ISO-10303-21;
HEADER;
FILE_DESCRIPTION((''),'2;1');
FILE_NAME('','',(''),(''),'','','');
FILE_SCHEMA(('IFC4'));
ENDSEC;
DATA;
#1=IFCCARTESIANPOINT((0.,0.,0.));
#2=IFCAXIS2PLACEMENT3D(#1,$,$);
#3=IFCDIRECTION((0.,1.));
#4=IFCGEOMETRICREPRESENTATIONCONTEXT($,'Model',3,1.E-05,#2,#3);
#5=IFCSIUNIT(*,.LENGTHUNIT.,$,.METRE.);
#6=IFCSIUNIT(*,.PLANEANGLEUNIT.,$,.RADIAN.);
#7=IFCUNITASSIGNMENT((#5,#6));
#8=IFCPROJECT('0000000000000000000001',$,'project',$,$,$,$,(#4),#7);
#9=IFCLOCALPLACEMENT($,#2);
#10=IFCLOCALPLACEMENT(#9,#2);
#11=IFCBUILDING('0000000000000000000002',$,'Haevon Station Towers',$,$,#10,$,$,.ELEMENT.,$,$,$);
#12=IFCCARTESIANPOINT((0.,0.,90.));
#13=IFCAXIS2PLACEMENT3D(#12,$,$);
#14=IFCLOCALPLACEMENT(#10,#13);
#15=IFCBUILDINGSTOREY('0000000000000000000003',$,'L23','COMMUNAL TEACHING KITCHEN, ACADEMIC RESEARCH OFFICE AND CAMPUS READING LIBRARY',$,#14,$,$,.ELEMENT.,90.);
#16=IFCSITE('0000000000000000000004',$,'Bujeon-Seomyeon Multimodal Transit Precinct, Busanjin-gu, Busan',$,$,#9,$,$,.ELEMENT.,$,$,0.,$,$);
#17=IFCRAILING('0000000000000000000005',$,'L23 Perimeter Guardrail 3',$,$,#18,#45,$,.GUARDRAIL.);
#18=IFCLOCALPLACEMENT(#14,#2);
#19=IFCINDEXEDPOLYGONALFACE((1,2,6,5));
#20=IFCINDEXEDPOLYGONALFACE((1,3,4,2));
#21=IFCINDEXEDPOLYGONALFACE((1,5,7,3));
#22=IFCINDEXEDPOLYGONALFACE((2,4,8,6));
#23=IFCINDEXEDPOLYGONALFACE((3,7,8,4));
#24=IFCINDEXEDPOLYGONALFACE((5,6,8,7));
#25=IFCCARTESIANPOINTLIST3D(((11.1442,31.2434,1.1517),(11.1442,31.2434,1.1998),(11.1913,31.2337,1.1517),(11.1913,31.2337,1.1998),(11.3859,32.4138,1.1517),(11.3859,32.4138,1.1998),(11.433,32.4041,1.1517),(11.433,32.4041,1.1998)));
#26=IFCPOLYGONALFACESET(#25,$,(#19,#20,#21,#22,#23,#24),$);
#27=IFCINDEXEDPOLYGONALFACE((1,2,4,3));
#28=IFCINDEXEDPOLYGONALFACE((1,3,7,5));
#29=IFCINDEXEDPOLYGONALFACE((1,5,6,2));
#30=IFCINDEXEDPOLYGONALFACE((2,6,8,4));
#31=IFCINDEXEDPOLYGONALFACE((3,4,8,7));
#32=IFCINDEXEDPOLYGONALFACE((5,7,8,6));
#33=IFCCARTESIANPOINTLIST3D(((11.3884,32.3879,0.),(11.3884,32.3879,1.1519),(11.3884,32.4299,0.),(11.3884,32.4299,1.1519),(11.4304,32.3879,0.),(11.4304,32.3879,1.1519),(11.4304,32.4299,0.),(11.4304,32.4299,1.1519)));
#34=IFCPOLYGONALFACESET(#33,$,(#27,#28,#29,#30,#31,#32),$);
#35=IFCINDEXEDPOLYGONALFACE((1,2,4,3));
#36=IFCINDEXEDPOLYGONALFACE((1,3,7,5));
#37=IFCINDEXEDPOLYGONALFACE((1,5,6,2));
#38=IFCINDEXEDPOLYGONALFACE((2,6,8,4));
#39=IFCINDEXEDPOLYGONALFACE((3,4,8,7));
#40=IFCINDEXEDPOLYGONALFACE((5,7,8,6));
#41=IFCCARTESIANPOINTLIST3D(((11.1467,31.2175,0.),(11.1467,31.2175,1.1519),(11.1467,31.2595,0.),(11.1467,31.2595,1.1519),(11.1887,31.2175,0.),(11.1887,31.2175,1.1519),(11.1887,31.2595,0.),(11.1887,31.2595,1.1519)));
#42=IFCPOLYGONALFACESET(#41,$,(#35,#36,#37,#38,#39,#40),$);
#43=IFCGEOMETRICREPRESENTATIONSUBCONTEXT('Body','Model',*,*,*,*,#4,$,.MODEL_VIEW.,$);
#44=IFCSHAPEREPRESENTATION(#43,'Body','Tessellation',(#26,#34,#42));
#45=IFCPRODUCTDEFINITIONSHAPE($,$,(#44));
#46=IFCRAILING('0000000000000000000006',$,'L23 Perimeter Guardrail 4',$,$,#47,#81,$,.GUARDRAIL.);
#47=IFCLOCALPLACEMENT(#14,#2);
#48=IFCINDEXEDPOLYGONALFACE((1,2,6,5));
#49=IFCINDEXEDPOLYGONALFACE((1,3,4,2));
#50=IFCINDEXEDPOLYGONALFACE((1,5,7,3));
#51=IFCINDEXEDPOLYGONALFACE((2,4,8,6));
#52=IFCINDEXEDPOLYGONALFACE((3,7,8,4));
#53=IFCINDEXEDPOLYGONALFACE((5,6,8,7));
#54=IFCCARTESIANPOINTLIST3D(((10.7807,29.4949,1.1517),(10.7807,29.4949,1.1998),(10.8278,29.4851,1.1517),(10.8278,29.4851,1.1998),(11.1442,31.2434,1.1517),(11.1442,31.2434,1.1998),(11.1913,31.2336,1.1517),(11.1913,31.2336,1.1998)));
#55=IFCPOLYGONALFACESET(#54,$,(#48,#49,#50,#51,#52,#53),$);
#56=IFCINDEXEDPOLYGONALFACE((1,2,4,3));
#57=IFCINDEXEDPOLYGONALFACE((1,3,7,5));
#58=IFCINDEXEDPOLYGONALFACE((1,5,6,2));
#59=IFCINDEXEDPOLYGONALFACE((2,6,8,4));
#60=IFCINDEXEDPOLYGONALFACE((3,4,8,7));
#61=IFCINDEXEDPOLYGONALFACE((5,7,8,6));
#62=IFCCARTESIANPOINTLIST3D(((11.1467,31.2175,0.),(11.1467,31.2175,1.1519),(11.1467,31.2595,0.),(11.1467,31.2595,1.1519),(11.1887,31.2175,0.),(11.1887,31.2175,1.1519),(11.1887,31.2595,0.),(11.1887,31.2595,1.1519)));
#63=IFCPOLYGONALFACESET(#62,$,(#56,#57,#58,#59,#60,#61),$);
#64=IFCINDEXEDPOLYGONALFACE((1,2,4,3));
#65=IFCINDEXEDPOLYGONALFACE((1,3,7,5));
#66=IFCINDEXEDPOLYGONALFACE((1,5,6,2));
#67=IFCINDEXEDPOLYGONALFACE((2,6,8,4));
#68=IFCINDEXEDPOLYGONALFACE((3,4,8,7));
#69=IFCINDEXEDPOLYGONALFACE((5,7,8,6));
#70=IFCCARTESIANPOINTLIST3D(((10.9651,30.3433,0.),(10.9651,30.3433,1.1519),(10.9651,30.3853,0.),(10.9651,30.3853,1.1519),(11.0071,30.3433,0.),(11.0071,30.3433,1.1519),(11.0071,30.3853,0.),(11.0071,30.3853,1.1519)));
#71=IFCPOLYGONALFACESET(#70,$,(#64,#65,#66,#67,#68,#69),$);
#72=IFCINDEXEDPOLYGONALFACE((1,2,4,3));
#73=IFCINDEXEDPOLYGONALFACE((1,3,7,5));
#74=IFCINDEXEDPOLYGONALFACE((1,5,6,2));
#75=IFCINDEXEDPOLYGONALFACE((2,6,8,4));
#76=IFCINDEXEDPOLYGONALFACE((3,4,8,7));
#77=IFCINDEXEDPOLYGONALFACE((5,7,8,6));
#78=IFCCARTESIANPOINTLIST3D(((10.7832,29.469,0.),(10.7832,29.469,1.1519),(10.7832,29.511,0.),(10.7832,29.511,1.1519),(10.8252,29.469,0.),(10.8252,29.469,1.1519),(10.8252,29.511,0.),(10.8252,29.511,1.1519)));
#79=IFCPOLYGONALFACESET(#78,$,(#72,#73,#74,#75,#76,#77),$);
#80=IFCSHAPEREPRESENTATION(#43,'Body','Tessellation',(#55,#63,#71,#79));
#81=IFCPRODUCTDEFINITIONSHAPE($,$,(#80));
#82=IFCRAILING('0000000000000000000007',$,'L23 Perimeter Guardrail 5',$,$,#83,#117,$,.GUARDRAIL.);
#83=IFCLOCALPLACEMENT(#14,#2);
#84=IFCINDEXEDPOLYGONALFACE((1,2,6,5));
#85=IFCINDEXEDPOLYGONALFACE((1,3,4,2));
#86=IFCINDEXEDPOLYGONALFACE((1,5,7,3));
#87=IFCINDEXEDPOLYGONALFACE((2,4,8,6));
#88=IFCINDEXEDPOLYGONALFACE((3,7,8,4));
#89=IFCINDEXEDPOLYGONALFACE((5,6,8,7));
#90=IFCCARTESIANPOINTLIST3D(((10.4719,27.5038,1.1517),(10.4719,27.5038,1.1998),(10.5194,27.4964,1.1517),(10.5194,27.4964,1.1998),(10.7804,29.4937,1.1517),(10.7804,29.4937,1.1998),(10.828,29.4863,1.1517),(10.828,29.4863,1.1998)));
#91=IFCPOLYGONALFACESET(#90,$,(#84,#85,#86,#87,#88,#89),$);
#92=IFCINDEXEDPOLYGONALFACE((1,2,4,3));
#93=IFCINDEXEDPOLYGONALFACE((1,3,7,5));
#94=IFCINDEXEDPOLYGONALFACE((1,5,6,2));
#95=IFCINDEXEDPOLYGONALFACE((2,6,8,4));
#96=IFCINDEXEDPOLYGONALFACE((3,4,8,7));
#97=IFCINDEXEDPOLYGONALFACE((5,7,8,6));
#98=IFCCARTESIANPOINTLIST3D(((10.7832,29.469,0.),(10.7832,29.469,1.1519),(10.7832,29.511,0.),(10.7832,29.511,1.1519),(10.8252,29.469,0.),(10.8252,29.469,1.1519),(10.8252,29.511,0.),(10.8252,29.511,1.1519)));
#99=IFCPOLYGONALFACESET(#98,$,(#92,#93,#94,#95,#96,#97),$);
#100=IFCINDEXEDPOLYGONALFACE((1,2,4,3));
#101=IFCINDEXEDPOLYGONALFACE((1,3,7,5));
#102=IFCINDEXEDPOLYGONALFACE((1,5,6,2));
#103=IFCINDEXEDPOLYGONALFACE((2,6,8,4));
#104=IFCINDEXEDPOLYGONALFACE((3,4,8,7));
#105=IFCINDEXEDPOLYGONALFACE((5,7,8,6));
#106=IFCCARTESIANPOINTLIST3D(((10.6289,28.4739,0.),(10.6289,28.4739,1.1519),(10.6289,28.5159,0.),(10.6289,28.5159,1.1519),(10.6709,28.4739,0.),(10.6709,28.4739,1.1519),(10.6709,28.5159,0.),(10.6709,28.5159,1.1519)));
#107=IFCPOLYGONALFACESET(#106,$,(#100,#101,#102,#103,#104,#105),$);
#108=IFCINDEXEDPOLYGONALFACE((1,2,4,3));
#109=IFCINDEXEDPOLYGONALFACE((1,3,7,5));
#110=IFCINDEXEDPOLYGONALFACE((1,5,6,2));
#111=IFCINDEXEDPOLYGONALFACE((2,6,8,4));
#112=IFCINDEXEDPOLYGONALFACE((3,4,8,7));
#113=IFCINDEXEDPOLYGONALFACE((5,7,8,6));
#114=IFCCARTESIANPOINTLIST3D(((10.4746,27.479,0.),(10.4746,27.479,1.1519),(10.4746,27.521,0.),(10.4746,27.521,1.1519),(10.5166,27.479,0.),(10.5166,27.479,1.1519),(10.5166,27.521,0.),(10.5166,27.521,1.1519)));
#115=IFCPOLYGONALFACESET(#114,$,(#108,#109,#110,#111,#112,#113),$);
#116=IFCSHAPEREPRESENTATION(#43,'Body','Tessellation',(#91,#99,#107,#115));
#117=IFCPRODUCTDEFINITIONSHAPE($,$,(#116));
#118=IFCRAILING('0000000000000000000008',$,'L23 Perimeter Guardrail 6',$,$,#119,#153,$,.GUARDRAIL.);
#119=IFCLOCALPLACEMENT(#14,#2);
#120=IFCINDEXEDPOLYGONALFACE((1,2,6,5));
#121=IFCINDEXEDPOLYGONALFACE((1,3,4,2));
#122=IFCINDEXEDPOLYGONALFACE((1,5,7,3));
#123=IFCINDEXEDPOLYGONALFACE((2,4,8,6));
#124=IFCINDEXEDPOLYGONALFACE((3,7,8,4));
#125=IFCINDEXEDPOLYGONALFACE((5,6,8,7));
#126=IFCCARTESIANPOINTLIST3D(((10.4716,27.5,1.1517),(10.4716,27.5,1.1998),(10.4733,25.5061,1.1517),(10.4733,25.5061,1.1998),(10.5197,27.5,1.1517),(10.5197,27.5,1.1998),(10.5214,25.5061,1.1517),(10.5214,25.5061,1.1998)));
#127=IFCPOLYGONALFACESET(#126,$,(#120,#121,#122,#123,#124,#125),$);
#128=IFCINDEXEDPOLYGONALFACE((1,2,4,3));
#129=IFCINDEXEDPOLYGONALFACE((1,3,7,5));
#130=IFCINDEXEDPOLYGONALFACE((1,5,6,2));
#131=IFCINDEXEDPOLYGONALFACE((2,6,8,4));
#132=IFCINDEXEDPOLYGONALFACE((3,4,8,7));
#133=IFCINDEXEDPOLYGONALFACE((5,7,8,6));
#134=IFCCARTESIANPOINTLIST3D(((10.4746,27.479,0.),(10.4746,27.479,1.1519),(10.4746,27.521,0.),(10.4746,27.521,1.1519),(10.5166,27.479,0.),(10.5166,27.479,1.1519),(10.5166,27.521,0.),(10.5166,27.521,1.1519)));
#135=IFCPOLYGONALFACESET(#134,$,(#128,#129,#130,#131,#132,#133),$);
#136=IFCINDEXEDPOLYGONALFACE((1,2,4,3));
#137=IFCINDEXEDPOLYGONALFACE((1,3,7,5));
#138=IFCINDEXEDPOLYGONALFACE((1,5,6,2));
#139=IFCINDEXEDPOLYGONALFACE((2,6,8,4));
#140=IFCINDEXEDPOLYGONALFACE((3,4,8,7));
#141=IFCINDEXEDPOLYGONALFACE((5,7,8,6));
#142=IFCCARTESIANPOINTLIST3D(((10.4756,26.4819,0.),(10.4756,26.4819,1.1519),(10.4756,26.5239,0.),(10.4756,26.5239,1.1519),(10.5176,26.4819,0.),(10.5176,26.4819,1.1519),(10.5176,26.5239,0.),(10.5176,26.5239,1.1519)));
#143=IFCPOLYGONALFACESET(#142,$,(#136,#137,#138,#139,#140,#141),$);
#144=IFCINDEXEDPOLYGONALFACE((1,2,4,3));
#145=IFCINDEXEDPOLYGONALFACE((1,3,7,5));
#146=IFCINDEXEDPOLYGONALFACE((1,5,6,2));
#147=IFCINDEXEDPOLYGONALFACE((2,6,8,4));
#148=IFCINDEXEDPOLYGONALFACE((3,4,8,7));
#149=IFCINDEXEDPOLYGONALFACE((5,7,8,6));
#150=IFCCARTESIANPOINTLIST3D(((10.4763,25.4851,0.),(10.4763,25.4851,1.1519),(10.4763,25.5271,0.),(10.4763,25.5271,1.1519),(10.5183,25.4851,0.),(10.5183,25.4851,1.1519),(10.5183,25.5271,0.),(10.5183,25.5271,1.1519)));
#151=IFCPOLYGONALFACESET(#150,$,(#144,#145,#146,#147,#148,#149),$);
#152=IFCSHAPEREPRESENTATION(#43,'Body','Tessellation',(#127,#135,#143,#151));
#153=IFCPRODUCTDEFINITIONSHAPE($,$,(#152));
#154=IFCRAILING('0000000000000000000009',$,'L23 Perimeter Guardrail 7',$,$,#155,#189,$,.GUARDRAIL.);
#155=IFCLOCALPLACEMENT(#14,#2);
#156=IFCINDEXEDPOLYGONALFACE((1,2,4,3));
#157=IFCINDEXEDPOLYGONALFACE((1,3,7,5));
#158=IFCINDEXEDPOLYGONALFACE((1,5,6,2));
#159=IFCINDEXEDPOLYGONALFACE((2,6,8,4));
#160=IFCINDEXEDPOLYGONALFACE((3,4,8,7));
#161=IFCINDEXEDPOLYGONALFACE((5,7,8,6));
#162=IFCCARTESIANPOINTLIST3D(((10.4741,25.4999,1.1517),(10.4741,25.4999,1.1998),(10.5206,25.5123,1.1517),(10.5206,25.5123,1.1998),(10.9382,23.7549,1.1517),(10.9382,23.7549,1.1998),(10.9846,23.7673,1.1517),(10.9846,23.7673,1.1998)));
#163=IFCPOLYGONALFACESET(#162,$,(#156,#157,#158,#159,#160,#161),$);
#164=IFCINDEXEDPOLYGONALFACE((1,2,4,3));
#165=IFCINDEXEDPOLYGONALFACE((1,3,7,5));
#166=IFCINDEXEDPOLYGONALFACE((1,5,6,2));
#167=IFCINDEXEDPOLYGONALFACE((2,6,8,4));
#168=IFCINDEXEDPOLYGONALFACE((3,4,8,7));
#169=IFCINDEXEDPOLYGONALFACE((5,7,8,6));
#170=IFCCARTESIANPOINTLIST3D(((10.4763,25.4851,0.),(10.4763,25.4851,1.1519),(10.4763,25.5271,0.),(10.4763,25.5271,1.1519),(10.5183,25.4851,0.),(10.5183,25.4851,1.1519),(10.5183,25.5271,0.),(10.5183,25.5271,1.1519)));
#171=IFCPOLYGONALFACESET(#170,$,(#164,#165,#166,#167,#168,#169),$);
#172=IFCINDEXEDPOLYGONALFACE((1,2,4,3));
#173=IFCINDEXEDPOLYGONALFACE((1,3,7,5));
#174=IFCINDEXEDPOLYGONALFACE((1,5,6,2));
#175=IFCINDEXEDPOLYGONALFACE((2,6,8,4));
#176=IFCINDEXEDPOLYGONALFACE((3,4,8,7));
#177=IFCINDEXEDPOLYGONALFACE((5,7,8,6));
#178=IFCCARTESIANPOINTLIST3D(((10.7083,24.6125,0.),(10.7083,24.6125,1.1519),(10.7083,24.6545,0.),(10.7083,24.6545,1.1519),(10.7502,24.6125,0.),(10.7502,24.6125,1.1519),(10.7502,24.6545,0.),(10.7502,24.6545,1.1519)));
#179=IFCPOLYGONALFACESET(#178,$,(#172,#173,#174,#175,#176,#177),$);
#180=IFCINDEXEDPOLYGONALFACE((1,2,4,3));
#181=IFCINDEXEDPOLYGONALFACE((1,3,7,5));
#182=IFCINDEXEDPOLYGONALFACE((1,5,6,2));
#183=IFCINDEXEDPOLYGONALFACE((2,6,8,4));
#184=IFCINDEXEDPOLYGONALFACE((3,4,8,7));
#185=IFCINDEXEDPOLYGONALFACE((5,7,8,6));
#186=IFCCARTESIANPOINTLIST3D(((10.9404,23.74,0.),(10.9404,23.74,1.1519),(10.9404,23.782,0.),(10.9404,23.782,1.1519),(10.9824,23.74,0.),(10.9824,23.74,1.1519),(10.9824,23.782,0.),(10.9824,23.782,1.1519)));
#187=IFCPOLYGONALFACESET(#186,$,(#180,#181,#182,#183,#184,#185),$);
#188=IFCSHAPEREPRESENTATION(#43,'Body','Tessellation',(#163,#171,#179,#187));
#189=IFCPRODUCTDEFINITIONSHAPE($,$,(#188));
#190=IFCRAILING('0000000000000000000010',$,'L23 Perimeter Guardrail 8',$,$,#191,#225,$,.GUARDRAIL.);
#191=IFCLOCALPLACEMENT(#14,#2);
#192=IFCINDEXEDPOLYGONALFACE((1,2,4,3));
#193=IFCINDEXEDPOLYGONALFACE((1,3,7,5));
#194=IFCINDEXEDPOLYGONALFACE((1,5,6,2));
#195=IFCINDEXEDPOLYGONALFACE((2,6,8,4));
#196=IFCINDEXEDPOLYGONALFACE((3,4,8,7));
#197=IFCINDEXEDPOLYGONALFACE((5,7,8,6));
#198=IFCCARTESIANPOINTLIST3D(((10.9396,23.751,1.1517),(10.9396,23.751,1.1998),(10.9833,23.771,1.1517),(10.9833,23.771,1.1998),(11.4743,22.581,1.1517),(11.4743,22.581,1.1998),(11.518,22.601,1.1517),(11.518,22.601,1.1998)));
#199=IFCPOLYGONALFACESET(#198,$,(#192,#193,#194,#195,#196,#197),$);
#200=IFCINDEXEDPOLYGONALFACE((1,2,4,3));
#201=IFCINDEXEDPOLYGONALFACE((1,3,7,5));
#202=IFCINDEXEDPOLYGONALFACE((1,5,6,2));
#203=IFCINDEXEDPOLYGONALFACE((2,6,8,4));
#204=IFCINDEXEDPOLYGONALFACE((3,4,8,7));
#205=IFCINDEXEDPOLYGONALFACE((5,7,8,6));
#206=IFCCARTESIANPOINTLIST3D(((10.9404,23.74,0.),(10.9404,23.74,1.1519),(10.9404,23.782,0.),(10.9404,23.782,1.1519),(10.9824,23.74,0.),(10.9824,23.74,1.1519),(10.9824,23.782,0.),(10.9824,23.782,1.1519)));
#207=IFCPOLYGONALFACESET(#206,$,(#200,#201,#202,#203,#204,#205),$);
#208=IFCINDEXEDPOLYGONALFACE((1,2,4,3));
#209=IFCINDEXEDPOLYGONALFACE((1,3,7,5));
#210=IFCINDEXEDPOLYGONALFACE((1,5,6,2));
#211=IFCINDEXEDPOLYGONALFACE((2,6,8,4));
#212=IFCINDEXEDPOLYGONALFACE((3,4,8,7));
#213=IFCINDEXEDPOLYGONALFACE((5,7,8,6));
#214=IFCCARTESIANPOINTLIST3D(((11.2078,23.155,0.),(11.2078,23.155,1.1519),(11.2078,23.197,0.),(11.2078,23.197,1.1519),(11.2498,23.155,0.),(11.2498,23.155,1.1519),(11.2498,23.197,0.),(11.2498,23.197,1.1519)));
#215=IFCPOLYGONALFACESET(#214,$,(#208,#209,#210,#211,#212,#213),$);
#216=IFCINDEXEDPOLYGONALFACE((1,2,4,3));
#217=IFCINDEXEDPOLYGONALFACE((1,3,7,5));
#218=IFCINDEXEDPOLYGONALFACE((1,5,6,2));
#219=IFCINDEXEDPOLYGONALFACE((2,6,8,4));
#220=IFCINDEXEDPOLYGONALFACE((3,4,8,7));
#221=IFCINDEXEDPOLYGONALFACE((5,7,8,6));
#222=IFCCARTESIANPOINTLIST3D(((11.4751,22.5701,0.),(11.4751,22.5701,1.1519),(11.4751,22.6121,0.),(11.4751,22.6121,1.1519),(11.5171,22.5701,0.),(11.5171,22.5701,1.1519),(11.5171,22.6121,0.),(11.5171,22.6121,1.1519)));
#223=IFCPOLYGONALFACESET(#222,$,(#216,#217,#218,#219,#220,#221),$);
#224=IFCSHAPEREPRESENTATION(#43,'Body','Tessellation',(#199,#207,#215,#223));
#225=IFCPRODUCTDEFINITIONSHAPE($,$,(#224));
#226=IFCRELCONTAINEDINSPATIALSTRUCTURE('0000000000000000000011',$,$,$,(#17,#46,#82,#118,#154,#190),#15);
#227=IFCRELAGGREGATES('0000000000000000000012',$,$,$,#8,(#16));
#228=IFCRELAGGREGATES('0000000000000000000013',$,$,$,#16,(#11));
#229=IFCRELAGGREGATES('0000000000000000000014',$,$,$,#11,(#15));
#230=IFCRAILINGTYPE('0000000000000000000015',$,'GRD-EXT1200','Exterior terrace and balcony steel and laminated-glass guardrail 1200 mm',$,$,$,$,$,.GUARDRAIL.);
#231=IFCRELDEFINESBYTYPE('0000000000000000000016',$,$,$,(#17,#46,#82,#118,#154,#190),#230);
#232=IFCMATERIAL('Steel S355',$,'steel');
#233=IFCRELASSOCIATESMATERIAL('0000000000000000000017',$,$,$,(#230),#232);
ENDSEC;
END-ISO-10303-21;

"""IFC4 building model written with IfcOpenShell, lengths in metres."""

from ifc_helpers import new_model, si_unit, direction, frame, origin, origin_2d, place, context, subcontext, project, spatial, rectangle, extrude, material, type_object, element, save


model = new_model("IFC4")

# Units and contexts
model_context = context("Model", 3, precision=1e-05, world=origin(), true_north=direction((0.0, 1.0)))
body_context = subcontext(model_context, "Body", "Model", "MODEL_VIEW")
ifc_project = project(units=[si_unit("LENGTHUNIT", "METRE"), si_unit("PLANEANGLEUNIT", "RADIAN")], contexts=[model_context])

# Site, building, storey
site_placement = place(None, origin())
site = spatial("IfcSite", under=ifc_project, at=site_placement, Name="Bujeon-Seomyeon Multimodal Transit Precinct, Busanjin-gu, Busan", CompositionType="ELEMENT", RefElevation=0.0)
building_placement = place(site_placement, origin())
building = spatial("IfcBuilding", under=site, at=building_placement, Name="Haevon Station Towers", CompositionType="ELEMENT")
storey_placement = place(building_placement, frame((0.0, 0.0, 90.0)))
storey = spatial("IfcBuildingStorey", under=building, at=storey_placement, Name="L23", Description="COMMUNAL TEACHING KITCHEN, ACADEMIC RESEARCH OFFICE AND CAMPUS READING LIBRARY", CompositionType="ELEMENT", Elevation=90.0)

# Shared definitions
ifc_material_1 = material(Name="Steel S355", Category="steel")

# Railings
railing_type = type_object("IfcRailingType", Name="GRD-EXT1200", Description="Exterior terrace and balcony steel and laminated-glass guardrail 1200 mm", PredefinedType="GUARDRAIL", material=ifc_material_1)
railing_1_placement = place(storey_placement, frame((11.4094, 32.4089, 0.0)))
element("IfcRailing", 1, at=railing_1_placement, inside=storey, type_object=railing_type, Name="L23 Perimeter Guardrail 3", PredefinedType="GUARDRAIL", context=body_context, shape_type="SweptSolid", body=[
    extrude(rectangle(XDim=0.0481, YDim=0.0481, at=origin_2d()), frame((0.0, 0.0, 1.1758), z_axis=(-0.202241, -0.979336, 0.0), x_axis=(0.979336, -0.202241, 0.0)), (0.0, 0.0, 1.0), 1.1951),
    extrude(rectangle(XDim=0.042, YDim=0.042, at=origin_2d()), origin(), (0.0, 0.0, 1.0), 1.1519),
    extrude(rectangle(XDim=0.042, YDim=0.042, at=origin_2d()), frame((-0.2417, -1.1704, 0.0)), (0.0, 0.0, 1.0), 1.1519),
])
railing_2_placement = place(storey_placement, frame((11.1677, 31.2385, 0.0)))
element("IfcRailing", 2, at=railing_2_placement, inside=storey, type_object=railing_type, Name="L23 Perimeter Guardrail 4", PredefinedType="GUARDRAIL", context=body_context, shape_type="SweptSolid", body=[
    extrude(rectangle(XDim=0.0481, YDim=0.0481, at=origin_2d()), frame((0.0, 0.0, 1.1758), z_axis=(-0.20355, -0.979064, 0.0), x_axis=(0.979064, -0.20355, 0.0)), (0.0, 0.0, 1.0), 1.7859),
    extrude(rectangle(XDim=0.042, YDim=0.042, at=origin_2d()), origin(), (0.0, 0.0, 1.0), 1.1519),
    extrude(rectangle(XDim=0.042, YDim=0.042, at=origin_2d()), frame((-0.1816, -0.8743, 0.0)), (0.0, 0.0, 1.0), 1.1519),
    extrude(rectangle(XDim=0.042, YDim=0.042, at=origin_2d()), frame((-0.3635, -1.7485, 0.0)), (0.0, 0.0, 1.0), 1.1519),
])
railing_3_placement = place(storey_placement, frame((10.8042, 29.49, 0.0)))
element("IfcRailing", 3, at=railing_3_placement, inside=storey, type_object=railing_type, Name="L23 Perimeter Guardrail 5", PredefinedType="GUARDRAIL", context=body_context, shape_type="SweptSolid", body=[
    extrude(rectangle(XDim=0.0481, YDim=0.0481, at=origin_2d()), frame((0.0, 0.0, 1.1758), z_axis=(-0.153241, -0.988189, 0.0), x_axis=(0.988189, -0.153241, 0.0)), (0.0, 0.0, 1.0), 2.0137),
    extrude(rectangle(XDim=0.042, YDim=0.042, at=origin_2d()), origin(), (0.0, 0.0, 1.0), 1.1519),
    extrude(rectangle(XDim=0.042, YDim=0.042, at=origin_2d()), frame((-0.1543, -0.9951, 0.0)), (0.0, 0.0, 1.0), 1.1519),
    extrude(rectangle(XDim=0.042, YDim=0.042, at=origin_2d()), frame((-0.3086, -1.99, 0.0)), (0.0, 0.0, 1.0), 1.1519),
])
railing_4_placement = place(storey_placement, frame((10.4956, 27.5, 0.0)))
element("IfcRailing", 4, at=railing_4_placement, inside=storey, type_object=railing_type, Name="L23 Perimeter Guardrail 6", PredefinedType="GUARDRAIL", context=body_context, shape_type="SweptSolid", body=[
    extrude(rectangle(XDim=0.0481, YDim=0.0481, at=origin_2d()), frame((0.0, 0.0, 1.1758), z_axis=(0.000857, -1.0, 0.0), x_axis=(1.0, 0.000857, 0.0)), (0.0, 0.0, 1.0), 1.9939),
    extrude(rectangle(XDim=0.042, YDim=0.042, at=origin_2d()), origin(), (0.0, 0.0, 1.0), 1.1519),
    extrude(rectangle(XDim=0.042, YDim=0.042, at=origin_2d()), frame((0.001, -0.9971, 0.0)), (0.0, 0.0, 1.0), 1.1519),
    extrude(rectangle(XDim=0.042, YDim=0.042, at=origin_2d()), frame((0.0017, -1.9939, 0.0)), (0.0, 0.0, 1.0), 1.1519),
])
railing_5_placement = place(storey_placement, frame((10.4973, 25.5061, 0.0)))
element("IfcRailing", 5, at=railing_5_placement, inside=storey, type_object=railing_type, Name="L23 Perimeter Guardrail 7", PredefinedType="GUARDRAIL", context=body_context, shape_type="SweptSolid", body=[
    extrude(rectangle(XDim=0.0481, YDim=0.0481, at=origin_2d()), frame((0.0, 0.0, 1.1758), z_axis=(0.257015, -0.966408, 0.0), x_axis=(0.966408, 0.257015, 0.0)), (0.0, 0.0, 1.0), 1.8057),
    extrude(rectangle(XDim=0.042, YDim=0.042, at=origin_2d()), origin(), (0.0, 0.0, 1.0), 1.1519),
    extrude(rectangle(XDim=0.042, YDim=0.042, at=origin_2d()), frame((0.2319, -0.8726, 0.0)), (0.0, 0.0, 1.0), 1.1519),
    extrude(rectangle(XDim=0.042, YDim=0.042, at=origin_2d()), frame((0.4641, -1.7451, 0.0)), (0.0, 0.0, 1.0), 1.1519),
])
railing_6_placement = place(storey_placement, frame((10.9614, 23.761, 0.0)))
element("IfcRailing", 6, at=railing_6_placement, inside=storey, type_object=railing_type, Name="L23 Perimeter Guardrail 8", PredefinedType="GUARDRAIL", context=body_context, shape_type="SweptSolid", body=[
    extrude(rectangle(XDim=0.0481, YDim=0.0481, at=origin_2d()), frame((0.0, 0.0, 1.1758), z_axis=(0.415661, -0.90952, 0.0), x_axis=(0.90952, 0.415661, 0.0)), (0.0, 0.0, 1.0), 1.2864),
    extrude(rectangle(XDim=0.042, YDim=0.042, at=origin_2d()), origin(), (0.0, 0.0, 1.0), 1.1519),
    extrude(rectangle(XDim=0.042, YDim=0.042, at=origin_2d()), frame((0.2673, -0.585, 0.0)), (0.0, 0.0, 1.0), 1.1519),
    extrude(rectangle(XDim=0.042, YDim=0.042, at=origin_2d()), frame((0.5347, -1.1699, 0.0)), (0.0, 0.0, 1.0), 1.1519),
])

save(model, "model.ifc")
